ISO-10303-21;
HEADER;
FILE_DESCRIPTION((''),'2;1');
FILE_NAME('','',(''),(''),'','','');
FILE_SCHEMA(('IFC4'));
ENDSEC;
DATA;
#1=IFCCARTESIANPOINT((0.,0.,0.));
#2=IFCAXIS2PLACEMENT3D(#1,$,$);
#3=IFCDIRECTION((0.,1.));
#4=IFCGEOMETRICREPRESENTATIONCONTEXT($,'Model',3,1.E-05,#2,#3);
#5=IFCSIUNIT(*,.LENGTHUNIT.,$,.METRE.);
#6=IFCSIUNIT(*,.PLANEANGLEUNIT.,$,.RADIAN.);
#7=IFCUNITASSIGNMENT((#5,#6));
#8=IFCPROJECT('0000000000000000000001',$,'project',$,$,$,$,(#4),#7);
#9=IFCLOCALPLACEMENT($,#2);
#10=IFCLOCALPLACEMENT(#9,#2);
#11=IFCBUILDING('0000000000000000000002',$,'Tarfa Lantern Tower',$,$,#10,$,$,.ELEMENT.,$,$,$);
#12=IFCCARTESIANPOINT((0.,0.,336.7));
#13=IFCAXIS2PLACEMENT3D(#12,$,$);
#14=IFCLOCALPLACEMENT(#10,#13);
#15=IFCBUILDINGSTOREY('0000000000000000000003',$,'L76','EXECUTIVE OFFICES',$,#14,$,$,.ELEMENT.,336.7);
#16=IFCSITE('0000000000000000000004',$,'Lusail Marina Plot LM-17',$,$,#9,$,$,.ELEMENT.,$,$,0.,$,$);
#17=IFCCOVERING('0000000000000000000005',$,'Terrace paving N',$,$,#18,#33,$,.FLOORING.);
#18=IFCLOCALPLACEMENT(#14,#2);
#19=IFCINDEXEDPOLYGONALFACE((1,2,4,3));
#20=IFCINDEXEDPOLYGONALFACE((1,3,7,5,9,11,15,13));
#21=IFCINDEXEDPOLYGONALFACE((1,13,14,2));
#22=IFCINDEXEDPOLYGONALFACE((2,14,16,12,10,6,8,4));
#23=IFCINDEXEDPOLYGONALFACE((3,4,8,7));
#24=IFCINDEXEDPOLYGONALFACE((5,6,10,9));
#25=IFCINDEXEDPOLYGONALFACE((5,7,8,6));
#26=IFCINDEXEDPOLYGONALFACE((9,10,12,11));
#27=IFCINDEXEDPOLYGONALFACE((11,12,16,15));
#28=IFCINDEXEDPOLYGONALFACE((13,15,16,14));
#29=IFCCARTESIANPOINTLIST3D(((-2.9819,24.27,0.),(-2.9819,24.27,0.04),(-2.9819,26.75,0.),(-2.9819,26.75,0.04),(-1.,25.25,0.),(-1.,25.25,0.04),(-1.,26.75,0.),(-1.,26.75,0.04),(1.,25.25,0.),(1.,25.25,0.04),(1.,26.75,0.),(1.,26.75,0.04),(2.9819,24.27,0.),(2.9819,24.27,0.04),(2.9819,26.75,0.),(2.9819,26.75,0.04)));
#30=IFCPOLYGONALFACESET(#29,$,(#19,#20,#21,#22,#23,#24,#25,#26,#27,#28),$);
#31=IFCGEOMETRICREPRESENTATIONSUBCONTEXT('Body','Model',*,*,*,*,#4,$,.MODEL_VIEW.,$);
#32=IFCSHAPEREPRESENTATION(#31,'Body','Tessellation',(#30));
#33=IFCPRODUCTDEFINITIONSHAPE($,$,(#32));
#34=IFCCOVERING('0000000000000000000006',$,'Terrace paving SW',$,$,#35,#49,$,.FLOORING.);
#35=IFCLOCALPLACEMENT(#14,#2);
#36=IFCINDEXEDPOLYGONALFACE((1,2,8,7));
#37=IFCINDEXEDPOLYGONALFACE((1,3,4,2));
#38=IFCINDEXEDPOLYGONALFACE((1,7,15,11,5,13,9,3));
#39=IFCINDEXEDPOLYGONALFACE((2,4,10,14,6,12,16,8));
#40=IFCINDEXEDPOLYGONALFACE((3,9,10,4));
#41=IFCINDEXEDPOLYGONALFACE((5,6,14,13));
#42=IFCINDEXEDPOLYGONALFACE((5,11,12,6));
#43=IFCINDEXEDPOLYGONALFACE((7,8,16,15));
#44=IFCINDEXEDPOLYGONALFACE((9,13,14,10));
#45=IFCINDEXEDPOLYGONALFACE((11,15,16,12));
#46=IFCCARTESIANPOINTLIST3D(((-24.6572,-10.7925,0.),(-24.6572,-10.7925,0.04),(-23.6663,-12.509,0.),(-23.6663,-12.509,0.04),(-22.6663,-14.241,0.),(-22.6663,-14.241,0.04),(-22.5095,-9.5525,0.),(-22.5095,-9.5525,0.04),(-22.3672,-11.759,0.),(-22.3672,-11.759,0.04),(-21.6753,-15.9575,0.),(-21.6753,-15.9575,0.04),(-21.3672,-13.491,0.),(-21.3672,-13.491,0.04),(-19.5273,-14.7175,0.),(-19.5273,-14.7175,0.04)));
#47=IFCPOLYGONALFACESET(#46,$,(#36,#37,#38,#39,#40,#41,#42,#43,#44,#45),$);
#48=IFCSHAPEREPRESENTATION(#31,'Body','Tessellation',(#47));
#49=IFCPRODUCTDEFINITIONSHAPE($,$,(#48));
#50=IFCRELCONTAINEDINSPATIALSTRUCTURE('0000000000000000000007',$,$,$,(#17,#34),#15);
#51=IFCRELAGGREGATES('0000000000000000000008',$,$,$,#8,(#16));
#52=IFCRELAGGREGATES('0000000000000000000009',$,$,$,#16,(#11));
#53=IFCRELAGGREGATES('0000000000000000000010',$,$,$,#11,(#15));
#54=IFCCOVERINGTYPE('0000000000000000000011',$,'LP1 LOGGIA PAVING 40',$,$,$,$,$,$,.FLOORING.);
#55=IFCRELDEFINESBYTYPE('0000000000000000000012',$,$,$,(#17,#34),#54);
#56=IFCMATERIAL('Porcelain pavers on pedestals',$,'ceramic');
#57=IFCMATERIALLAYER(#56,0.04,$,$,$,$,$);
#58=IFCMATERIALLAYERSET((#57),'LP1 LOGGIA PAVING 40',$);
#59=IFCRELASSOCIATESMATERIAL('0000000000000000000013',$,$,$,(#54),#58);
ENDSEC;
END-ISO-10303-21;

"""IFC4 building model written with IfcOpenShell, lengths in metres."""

from ifc_helpers import new_model, si_unit, direction, frame, origin, place, context, subcontext, project, spatial, polyline, outline, extrude, material, layer, layer_set, type_object, element, save


model = new_model("IFC4")

# Units and contexts
model_context = context("Model", 3, precision=1e-05, world=origin(), true_north=direction((0.0, 1.0)))
body_context = subcontext(model_context, "Body", "Model", "MODEL_VIEW")
ifc_project = project(units=[si_unit("LENGTHUNIT", "METRE"), si_unit("PLANEANGLEUNIT", "RADIAN")], contexts=[model_context])

# Site, building, storey
site_placement = place(None, origin())
site = spatial("IfcSite", under=ifc_project, at=site_placement, Name="Lusail Marina Plot LM-17", CompositionType="ELEMENT", RefElevation=0.0)
building_placement = place(site_placement, origin())
building = spatial("IfcBuilding", under=site, at=building_placement, Name="Tarfa Lantern Tower", CompositionType="ELEMENT")
storey_placement = place(building_placement, frame((0.0, 0.0, 336.7)))
storey = spatial("IfcBuildingStorey", under=building, at=storey_placement, Name="L76", Description="EXECUTIVE OFFICES", CompositionType="ELEMENT", Elevation=336.7)

# Coverings
ifc_material_1 = material(Name="Porcelain pavers on pedestals", Category="ceramic")
ifc_layer_1 = layer(ifc_material_1, 0.04)
ifc_layer_set_1 = layer_set([ifc_layer_1], Name="LP1 LOGGIA PAVING 40")
covering_type = type_object("IfcCoveringType", Name="LP1 LOGGIA PAVING 40", PredefinedType="FLOORING", material=ifc_layer_set_1)
covering_1_placement = place(storey_placement, origin())
element("IfcCovering", 1, at=covering_1_placement, inside=storey, type_object=covering_type, Name="Terrace paving N", PredefinedType="FLOORING", context=body_context, shape_type="SweptSolid", body=[
    extrude(outline(polyline([(2.9819, 26.75), (2.9819, 24.27), (-2.9819, 24.27), (-2.9819, 26.75), (-1.0, 26.75), (-1.0, 25.25), (1.0, 25.25), (1.0, 26.75), (2.9819, 26.75)])), origin(), (0.0, 0.0, 1.0), 0.04),
])
covering_2_placement = place(storey_placement, origin())
element("IfcCovering", 2, at=covering_2_placement, inside=storey, type_object=covering_type, Name="Terrace paving SW", PredefinedType="FLOORING", context=body_context, shape_type="SweptSolid", body=[
    extrude(outline(polyline([(-24.6572, -10.7925), (-22.5095, -9.5525), (-19.5273, -14.7175), (-21.6753, -15.9575), (-22.6663, -14.241), (-21.3672, -13.491), (-22.3672, -11.759), (-23.6663, -12.509), (-24.6572, -10.7925)])), origin(), (0.0, 0.0, 1.0), 0.04),
])

save(model, "model.ifc")
